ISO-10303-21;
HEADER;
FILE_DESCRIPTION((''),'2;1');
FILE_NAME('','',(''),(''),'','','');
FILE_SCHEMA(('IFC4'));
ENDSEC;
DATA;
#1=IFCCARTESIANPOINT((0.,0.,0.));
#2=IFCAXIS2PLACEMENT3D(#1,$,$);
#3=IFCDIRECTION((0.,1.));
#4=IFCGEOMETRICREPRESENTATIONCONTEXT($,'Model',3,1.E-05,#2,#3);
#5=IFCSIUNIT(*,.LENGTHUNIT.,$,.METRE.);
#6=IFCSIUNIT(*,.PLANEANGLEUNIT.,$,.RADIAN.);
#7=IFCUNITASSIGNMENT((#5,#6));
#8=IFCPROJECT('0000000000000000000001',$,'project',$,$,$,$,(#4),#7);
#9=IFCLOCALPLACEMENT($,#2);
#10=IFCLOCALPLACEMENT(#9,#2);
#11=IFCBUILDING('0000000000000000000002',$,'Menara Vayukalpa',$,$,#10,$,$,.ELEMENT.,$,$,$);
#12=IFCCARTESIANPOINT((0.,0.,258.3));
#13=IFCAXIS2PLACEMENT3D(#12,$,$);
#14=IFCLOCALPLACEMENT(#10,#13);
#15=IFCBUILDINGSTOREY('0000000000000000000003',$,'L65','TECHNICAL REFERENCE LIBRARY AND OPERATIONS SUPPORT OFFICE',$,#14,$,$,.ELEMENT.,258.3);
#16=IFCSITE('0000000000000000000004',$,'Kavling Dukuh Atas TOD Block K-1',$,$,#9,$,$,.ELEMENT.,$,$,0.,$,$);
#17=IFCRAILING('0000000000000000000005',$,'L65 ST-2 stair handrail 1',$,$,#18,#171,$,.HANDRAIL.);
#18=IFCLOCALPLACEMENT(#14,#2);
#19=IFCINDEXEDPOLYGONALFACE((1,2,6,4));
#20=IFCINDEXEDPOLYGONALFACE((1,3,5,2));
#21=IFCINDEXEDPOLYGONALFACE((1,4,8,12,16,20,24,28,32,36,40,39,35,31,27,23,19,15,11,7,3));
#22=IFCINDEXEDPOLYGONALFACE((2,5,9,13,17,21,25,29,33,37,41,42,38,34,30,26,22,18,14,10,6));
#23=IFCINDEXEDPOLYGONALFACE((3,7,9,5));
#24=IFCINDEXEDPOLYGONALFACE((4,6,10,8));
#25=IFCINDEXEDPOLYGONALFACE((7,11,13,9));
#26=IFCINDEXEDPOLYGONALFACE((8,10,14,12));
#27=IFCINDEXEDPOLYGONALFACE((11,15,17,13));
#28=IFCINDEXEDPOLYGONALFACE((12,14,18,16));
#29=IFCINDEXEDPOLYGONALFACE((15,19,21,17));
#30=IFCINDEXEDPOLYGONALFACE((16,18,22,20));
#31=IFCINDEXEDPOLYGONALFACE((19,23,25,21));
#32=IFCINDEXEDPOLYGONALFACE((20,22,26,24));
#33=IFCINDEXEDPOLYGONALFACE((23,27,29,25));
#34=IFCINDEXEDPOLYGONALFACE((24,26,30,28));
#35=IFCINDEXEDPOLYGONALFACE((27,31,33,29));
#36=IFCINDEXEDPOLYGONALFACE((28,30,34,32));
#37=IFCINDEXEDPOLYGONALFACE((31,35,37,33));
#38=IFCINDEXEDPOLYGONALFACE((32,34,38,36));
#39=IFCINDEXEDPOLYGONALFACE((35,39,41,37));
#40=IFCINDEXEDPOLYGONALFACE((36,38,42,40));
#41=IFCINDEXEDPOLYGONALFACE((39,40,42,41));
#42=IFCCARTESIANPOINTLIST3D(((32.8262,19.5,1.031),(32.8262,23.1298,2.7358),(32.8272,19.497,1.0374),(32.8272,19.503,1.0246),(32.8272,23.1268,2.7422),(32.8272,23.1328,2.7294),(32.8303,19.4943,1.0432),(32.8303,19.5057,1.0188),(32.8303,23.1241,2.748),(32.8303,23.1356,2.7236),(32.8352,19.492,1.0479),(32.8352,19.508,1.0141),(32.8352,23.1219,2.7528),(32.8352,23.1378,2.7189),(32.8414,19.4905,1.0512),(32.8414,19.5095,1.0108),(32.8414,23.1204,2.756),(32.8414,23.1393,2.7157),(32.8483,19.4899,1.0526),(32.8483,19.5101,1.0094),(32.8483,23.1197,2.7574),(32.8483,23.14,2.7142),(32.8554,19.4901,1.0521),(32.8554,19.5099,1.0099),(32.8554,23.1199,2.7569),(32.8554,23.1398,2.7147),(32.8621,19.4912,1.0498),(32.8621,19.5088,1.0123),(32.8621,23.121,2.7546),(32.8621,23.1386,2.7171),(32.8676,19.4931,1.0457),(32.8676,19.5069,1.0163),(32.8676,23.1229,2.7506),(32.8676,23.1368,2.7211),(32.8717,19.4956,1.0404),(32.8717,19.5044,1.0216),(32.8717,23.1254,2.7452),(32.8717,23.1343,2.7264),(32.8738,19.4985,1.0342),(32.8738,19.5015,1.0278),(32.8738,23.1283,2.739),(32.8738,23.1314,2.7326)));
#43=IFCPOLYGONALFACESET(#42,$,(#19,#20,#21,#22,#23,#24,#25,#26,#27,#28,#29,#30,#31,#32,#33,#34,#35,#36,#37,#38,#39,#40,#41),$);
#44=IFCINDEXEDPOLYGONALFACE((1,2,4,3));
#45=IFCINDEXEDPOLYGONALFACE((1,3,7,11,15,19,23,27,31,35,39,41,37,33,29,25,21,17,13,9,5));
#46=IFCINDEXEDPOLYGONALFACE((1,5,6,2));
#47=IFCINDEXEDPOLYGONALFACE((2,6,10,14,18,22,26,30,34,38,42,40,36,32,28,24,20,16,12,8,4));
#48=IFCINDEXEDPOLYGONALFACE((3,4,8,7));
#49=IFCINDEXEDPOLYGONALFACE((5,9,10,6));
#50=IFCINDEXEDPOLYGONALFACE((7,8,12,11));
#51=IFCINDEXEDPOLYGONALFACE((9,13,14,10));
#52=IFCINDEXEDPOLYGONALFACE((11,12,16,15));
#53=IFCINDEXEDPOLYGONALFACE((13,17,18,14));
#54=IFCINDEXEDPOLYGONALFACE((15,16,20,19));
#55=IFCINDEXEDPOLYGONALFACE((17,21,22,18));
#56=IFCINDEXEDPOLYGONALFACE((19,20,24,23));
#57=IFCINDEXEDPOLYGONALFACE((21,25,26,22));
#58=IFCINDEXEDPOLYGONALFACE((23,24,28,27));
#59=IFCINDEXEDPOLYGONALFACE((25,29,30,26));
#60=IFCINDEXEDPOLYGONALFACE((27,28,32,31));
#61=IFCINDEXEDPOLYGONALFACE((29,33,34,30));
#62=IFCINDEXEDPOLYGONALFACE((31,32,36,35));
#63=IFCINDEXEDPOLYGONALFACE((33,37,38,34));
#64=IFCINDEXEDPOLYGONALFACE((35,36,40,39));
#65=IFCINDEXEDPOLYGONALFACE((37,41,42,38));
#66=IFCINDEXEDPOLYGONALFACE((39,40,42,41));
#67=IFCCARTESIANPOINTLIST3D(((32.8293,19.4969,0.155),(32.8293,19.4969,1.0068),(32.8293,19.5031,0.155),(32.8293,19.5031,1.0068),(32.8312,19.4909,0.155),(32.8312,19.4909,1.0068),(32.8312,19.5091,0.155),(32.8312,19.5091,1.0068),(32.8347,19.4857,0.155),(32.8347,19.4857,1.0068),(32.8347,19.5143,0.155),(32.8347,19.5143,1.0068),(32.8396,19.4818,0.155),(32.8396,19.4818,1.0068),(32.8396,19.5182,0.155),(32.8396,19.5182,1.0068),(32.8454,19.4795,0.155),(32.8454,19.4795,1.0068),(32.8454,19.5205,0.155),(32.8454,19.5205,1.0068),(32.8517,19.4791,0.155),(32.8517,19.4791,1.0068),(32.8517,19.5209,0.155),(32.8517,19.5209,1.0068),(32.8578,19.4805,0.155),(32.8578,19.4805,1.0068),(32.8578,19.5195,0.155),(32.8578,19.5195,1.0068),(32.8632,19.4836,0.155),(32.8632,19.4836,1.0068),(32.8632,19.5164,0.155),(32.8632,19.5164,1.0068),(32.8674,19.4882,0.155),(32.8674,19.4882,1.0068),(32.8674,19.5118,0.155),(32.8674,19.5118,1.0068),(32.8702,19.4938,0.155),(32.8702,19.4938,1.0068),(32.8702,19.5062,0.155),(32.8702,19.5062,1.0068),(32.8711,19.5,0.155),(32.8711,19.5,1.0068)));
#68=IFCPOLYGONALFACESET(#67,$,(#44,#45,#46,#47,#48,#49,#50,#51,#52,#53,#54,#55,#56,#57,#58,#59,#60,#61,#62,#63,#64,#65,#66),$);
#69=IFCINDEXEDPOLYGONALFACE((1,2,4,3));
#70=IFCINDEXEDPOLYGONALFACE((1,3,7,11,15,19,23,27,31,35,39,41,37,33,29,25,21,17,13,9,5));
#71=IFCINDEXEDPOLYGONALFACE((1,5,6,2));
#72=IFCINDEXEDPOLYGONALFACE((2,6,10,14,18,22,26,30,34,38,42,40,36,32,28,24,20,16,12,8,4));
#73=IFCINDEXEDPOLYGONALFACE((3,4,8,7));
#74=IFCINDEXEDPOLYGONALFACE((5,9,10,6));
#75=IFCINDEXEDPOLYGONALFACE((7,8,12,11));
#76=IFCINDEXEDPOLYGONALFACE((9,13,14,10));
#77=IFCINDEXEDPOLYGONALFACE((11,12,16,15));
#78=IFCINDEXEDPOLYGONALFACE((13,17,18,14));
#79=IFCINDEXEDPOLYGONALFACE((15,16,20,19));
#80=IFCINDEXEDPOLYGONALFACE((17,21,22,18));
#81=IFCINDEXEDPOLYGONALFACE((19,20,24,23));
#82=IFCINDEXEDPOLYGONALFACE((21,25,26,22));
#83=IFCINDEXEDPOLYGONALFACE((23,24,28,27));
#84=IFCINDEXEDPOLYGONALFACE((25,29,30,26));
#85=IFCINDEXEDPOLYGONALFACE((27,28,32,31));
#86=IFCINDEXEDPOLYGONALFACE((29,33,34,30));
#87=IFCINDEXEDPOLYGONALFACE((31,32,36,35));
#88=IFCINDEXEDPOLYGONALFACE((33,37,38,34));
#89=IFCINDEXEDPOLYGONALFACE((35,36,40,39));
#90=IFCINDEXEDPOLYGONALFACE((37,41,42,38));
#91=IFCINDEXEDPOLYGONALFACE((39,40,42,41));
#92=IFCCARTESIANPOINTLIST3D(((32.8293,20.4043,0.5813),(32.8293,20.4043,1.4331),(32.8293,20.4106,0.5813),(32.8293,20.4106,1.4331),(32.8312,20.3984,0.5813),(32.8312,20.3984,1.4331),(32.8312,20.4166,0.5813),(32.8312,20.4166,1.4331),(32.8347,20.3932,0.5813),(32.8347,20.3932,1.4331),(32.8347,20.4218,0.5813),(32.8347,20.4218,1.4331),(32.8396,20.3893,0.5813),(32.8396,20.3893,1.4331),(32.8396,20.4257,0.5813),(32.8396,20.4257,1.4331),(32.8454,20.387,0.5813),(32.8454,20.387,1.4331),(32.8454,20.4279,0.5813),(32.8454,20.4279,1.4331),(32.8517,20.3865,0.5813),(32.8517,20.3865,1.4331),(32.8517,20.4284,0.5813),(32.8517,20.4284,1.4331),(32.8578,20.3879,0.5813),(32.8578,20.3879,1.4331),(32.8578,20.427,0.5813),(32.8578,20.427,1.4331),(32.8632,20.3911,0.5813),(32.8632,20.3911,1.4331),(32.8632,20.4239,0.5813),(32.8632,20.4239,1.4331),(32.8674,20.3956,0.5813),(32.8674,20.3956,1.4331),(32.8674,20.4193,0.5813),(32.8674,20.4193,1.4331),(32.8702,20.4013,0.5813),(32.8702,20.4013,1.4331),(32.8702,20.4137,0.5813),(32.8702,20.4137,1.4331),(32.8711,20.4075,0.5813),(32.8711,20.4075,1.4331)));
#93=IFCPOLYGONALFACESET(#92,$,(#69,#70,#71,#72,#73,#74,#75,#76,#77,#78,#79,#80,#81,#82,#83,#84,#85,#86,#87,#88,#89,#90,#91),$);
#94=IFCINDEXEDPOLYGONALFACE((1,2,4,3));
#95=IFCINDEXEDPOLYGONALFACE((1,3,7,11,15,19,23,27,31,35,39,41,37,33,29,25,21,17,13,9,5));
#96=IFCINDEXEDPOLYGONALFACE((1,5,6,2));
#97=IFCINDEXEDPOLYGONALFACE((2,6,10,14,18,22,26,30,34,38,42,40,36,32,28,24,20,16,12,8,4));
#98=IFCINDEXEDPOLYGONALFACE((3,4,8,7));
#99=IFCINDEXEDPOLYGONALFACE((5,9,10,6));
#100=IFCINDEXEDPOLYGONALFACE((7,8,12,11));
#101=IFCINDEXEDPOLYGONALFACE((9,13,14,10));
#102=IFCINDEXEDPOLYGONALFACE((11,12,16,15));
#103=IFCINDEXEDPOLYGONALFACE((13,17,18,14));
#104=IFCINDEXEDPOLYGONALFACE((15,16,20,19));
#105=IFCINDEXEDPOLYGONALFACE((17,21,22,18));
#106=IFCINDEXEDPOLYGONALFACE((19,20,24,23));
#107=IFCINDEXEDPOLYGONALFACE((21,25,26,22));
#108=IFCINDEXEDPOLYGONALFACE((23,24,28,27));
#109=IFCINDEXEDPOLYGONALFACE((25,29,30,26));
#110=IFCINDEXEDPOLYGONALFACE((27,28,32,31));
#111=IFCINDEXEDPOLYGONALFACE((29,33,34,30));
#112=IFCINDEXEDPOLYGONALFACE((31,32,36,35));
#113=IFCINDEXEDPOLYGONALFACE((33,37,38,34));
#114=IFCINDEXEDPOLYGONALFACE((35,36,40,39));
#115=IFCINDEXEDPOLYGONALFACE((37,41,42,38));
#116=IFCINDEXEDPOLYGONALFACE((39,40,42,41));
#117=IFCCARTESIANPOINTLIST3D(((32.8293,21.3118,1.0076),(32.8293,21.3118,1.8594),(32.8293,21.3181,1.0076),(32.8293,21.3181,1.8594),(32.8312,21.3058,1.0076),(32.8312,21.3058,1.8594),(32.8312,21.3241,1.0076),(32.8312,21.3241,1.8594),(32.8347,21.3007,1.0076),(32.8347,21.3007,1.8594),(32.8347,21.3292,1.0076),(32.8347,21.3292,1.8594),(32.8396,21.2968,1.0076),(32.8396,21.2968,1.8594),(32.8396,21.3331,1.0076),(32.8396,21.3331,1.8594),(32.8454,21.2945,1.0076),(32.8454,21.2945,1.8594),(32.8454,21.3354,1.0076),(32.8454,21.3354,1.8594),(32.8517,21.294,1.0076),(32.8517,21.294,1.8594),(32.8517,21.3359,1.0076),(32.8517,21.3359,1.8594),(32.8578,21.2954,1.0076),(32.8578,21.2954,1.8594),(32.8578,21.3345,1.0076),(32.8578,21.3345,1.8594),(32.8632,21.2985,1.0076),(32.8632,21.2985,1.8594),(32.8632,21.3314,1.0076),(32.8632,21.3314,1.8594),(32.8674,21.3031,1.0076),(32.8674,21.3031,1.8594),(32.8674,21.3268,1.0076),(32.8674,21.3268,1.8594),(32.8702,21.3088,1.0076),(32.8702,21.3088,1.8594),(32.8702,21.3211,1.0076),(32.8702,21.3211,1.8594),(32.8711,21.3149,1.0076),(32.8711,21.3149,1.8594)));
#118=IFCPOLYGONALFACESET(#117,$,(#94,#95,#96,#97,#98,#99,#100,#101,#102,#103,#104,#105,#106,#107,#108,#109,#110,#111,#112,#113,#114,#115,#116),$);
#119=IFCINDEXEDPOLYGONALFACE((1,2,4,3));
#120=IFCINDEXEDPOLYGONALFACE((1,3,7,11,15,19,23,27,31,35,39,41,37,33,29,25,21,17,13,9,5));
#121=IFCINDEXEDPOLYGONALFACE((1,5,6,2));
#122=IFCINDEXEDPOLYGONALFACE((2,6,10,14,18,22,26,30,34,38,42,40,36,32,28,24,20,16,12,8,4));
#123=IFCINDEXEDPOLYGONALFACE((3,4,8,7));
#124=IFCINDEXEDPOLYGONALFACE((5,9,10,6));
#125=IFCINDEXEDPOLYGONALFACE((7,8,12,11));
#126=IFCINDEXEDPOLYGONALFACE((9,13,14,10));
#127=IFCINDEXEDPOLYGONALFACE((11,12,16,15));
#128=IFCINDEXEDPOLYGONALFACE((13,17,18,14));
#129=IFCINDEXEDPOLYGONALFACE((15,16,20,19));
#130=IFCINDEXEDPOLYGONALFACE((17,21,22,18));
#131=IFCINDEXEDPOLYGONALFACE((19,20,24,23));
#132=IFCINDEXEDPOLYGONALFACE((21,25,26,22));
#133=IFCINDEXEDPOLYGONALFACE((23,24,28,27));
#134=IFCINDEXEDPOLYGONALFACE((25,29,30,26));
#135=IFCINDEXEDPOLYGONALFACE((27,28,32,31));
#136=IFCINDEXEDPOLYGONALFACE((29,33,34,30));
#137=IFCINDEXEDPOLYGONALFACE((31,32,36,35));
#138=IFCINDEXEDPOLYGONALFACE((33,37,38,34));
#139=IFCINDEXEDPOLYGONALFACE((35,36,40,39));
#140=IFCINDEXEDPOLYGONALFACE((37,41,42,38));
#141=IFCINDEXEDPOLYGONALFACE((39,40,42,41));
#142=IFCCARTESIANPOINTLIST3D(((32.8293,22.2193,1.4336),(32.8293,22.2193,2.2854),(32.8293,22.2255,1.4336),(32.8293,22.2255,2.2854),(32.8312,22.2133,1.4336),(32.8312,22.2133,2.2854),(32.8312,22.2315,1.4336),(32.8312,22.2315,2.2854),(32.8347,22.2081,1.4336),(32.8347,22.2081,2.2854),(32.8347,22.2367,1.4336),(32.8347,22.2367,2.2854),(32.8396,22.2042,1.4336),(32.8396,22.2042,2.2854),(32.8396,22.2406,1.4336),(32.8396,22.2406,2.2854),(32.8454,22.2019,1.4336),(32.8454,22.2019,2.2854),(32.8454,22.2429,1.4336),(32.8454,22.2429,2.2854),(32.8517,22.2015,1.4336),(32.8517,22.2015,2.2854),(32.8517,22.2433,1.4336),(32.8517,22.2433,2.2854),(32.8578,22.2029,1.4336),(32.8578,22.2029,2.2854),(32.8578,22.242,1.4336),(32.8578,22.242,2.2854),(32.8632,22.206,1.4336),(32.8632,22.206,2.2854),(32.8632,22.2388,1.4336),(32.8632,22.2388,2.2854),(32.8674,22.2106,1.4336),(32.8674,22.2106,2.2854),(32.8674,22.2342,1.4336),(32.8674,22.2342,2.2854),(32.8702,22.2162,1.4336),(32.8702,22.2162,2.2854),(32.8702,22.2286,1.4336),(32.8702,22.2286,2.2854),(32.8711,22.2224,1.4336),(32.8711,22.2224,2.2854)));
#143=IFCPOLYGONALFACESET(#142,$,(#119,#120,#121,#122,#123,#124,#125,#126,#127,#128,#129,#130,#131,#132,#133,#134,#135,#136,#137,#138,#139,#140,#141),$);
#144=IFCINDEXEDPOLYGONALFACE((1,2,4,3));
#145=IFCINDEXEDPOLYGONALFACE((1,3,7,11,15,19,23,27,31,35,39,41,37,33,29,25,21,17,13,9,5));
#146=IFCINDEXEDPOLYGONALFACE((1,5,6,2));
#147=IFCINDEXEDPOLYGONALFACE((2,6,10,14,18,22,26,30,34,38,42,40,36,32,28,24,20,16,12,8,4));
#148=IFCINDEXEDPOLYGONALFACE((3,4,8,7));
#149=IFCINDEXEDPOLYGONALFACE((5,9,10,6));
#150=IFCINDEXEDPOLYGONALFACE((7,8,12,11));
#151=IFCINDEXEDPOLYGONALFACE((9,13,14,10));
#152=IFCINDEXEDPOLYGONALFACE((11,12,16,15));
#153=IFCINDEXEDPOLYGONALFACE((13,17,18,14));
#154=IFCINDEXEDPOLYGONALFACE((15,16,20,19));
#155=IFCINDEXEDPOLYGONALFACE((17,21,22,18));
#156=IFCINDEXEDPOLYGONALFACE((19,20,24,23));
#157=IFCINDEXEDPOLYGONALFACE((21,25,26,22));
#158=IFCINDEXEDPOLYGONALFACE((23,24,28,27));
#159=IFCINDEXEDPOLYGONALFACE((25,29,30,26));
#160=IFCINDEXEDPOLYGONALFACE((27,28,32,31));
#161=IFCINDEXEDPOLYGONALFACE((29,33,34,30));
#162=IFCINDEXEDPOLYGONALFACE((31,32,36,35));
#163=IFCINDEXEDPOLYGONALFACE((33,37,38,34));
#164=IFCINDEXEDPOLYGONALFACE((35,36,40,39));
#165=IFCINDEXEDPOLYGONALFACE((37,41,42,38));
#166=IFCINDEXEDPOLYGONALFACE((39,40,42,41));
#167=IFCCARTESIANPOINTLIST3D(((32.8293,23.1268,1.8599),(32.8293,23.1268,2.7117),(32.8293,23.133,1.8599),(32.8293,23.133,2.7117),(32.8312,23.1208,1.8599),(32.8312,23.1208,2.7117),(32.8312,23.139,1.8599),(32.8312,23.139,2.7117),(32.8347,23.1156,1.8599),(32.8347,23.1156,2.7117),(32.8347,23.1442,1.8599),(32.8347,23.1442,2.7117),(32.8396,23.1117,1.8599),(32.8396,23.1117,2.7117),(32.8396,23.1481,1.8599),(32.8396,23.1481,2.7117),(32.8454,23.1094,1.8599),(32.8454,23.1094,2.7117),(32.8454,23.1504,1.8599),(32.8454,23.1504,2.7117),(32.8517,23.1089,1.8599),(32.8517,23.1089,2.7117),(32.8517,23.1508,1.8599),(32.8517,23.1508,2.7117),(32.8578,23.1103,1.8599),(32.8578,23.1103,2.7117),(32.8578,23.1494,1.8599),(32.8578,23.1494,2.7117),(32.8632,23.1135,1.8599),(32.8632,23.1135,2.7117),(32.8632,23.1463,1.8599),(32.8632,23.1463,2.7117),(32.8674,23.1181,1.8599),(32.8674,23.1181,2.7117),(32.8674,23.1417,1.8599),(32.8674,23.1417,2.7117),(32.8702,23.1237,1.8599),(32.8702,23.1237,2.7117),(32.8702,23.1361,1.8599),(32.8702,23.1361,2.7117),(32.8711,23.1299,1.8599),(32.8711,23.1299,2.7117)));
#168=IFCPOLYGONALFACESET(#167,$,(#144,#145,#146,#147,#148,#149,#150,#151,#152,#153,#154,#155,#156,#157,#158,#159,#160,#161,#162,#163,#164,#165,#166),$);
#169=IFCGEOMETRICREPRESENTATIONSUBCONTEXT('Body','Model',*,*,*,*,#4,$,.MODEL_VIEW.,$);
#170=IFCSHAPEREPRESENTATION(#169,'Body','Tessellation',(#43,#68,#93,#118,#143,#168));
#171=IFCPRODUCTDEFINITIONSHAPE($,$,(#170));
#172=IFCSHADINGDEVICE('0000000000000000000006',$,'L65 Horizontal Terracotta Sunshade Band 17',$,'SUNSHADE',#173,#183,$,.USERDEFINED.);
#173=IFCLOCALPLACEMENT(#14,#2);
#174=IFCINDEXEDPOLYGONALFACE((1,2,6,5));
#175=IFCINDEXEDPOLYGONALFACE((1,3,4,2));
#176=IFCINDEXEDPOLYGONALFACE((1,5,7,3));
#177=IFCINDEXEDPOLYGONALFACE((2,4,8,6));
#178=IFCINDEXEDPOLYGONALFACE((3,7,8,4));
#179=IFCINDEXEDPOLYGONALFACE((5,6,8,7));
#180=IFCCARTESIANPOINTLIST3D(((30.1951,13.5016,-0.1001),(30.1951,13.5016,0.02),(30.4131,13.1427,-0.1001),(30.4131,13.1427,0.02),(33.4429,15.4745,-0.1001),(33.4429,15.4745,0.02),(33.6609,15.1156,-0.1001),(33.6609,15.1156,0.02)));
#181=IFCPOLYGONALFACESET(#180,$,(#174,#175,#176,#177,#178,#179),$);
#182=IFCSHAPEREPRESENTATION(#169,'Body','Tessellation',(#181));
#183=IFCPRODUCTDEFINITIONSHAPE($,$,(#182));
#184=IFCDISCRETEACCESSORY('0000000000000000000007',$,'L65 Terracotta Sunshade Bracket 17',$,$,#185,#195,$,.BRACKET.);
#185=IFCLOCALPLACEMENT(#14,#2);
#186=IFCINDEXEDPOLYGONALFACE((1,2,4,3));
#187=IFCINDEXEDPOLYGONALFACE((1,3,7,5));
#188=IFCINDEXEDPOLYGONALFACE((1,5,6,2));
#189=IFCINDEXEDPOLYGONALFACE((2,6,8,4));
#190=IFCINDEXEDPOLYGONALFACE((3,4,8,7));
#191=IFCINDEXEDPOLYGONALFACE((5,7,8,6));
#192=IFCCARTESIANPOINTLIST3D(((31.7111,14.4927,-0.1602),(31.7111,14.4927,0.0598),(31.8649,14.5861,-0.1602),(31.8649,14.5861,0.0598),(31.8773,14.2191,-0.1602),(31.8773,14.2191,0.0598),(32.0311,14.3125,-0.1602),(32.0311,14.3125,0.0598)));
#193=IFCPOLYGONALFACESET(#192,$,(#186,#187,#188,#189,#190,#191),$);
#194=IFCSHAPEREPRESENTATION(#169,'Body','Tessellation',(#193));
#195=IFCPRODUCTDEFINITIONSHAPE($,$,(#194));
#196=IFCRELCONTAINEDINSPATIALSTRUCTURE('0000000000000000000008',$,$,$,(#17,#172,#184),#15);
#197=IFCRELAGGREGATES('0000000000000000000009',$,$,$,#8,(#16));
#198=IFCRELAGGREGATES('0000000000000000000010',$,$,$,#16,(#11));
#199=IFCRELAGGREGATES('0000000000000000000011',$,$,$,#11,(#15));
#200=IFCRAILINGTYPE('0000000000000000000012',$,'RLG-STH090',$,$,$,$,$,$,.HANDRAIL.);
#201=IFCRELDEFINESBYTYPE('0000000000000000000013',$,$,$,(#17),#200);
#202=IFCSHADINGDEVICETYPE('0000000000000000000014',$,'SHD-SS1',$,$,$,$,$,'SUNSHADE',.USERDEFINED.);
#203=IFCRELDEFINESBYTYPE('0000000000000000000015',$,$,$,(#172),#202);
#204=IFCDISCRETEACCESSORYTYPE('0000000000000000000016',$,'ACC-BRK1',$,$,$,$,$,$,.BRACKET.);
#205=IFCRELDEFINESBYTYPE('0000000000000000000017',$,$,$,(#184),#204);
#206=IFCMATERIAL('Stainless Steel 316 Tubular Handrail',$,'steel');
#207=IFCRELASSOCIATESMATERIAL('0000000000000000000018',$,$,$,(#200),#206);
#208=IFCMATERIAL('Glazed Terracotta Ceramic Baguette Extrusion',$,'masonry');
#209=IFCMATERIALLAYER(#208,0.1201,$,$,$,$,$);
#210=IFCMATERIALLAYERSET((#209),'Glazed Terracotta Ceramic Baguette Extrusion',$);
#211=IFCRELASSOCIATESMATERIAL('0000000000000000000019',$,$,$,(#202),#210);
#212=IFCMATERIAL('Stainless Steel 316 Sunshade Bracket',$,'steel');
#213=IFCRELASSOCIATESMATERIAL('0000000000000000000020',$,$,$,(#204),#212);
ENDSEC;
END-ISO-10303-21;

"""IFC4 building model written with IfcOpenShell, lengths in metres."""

from ifc_helpers import new_model, si_unit, direction, frame, origin, origin_2d, place, context, subcontext, project, spatial, rectangle, circle, extrude, material, layer, layer_set, type_object, element, save


model = new_model("IFC4")

# Units and contexts
model_context = context("Model", 3, precision=1e-05, world=origin(), true_north=direction((0.0, 1.0)))
body_context = subcontext(model_context, "Body", "Model", "MODEL_VIEW")
ifc_project = project(units=[si_unit("LENGTHUNIT", "METRE"), si_unit("PLANEANGLEUNIT", "RADIAN")], contexts=[model_context])

# Site, building, storey
site_placement = place(None, origin())
site = spatial("IfcSite", under=ifc_project, at=site_placement, Name="Kavling Dukuh Atas TOD Block K-1", CompositionType="ELEMENT", RefElevation=0.0)
building_placement = place(site_placement, origin())
building = spatial("IfcBuilding", under=site, at=building_placement, Name="Menara Vayukalpa", CompositionType="ELEMENT")
storey_placement = place(building_placement, frame((0.0, 0.0, 258.3)))
storey = spatial("IfcBuildingStorey", under=building, at=storey_placement, Name="L65", Description="TECHNICAL REFERENCE LIBRARY AND OPERATIONS SUPPORT OFFICE", CompositionType="ELEMENT", Elevation=258.3)

# Railing
ifc_material_1 = material(Name="Stainless Steel 316 Tubular Handrail", Category="steel")
railing_type_1 = type_object("IfcRailingType", Name="RLG-STH090", PredefinedType="HANDRAIL", material=ifc_material_1)
railing_1_placement = place(storey_placement, frame((32.8501, 19.5, 0.155)))
element("IfcRailing", 1, at=railing_1_placement, inside=storey, type_object=railing_type_1, Name="L65 ST-2 stair handrail 1", PredefinedType="HANDRAIL", context=body_context, shape_type="SweptSolid", body=[
    extrude(circle(Radius=0.0239, at=origin_2d()), frame((0.0, 0.0, 0.876), z_axis=(0.0, 0.90514, 0.425114), x_axis=(-1.0, 0.0, 0.0)), (0.0, 0.0, 1.0), 4.0103),
    extrude(circle(Radius=0.021, at=origin_2d()), origin(), (0.0, 0.0, 1.0), 0.8518),
    extrude(circle(Radius=0.021, at=origin_2d()), frame((0.0, 0.9075, 0.4263)), (0.0, 0.0, 1.0), 0.8518),
    extrude(circle(Radius=0.021, at=origin_2d()), frame((0.0, 1.8149, 0.8525)), (0.0, 0.0, 1.0), 0.8518),
    extrude(circle(Radius=0.021, at=origin_2d()), frame((0.0, 2.7224, 1.2786)), (0.0, 0.0, 1.0), 0.8518),
    extrude(circle(Radius=0.021, at=origin_2d()), frame((0.0, 3.6299, 1.7048)), (0.0, 0.0, 1.0), 0.8518),
])

# Shading device
ifc_material_2 = material(Name="Glazed Terracotta Ceramic Baguette Extrusion", Category="masonry")
ifc_layer_1 = layer(ifc_material_2, 0.1201)
ifc_layer_set_1 = layer_set([ifc_layer_1], Name="Glazed Terracotta Ceramic Baguette Extrusion")
shading_device_type = type_object("IfcShadingDeviceType", Name="SHD-SS1", ElementType="SUNSHADE", PredefinedType="USERDEFINED", material=ifc_layer_set_1)
shading_device_placement = place(storey_placement, frame((31.928, 14.3086, -0.1001), z_axis=(0.0, 0.0, 1.0), x_axis=(0.854667, 0.519176, 0.0)))
element("IfcShadingDevice", 2, at=shading_device_placement, inside=storey, type_object=shading_device_type, Name="L65 Horizontal Terracotta Sunshade Band 17", ObjectType="SUNSHADE", PredefinedType="USERDEFINED", context=body_context, shape_type="SweptSolid", body=[
    extrude(rectangle(XDim=3.8, YDim=0.4199, at=origin_2d()), origin(), (0.0, 0.0, 1.0), 0.1201),
])

# Discrete accessory
ifc_material_3 = material(Name="Stainless Steel 316 Sunshade Bracket", Category="steel")
discrete_accessory_type = type_object("IfcDiscreteAccessoryType", Name="ACC-BRK1", PredefinedType="BRACKET", material=ifc_material_3)
discrete_accessory_placement = place(storey_placement, frame((31.8711, 14.4026, -0.1602), z_axis=(0.0, 0.0, 1.0), x_axis=(0.854667, 0.519176, 0.0)))
element("IfcDiscreteAccessory", 3, at=discrete_accessory_placement, inside=storey, type_object=discrete_accessory_type, Name="L65 Terracotta Sunshade Bracket 17", PredefinedType="BRACKET", context=body_context, shape_type="SweptSolid", body=[
    extrude(rectangle(XDim=0.1799, YDim=0.3201, at=origin_2d()), origin(), (0.0, 0.0, 1.0), 0.22),
])

save(model, "model.ifc")
